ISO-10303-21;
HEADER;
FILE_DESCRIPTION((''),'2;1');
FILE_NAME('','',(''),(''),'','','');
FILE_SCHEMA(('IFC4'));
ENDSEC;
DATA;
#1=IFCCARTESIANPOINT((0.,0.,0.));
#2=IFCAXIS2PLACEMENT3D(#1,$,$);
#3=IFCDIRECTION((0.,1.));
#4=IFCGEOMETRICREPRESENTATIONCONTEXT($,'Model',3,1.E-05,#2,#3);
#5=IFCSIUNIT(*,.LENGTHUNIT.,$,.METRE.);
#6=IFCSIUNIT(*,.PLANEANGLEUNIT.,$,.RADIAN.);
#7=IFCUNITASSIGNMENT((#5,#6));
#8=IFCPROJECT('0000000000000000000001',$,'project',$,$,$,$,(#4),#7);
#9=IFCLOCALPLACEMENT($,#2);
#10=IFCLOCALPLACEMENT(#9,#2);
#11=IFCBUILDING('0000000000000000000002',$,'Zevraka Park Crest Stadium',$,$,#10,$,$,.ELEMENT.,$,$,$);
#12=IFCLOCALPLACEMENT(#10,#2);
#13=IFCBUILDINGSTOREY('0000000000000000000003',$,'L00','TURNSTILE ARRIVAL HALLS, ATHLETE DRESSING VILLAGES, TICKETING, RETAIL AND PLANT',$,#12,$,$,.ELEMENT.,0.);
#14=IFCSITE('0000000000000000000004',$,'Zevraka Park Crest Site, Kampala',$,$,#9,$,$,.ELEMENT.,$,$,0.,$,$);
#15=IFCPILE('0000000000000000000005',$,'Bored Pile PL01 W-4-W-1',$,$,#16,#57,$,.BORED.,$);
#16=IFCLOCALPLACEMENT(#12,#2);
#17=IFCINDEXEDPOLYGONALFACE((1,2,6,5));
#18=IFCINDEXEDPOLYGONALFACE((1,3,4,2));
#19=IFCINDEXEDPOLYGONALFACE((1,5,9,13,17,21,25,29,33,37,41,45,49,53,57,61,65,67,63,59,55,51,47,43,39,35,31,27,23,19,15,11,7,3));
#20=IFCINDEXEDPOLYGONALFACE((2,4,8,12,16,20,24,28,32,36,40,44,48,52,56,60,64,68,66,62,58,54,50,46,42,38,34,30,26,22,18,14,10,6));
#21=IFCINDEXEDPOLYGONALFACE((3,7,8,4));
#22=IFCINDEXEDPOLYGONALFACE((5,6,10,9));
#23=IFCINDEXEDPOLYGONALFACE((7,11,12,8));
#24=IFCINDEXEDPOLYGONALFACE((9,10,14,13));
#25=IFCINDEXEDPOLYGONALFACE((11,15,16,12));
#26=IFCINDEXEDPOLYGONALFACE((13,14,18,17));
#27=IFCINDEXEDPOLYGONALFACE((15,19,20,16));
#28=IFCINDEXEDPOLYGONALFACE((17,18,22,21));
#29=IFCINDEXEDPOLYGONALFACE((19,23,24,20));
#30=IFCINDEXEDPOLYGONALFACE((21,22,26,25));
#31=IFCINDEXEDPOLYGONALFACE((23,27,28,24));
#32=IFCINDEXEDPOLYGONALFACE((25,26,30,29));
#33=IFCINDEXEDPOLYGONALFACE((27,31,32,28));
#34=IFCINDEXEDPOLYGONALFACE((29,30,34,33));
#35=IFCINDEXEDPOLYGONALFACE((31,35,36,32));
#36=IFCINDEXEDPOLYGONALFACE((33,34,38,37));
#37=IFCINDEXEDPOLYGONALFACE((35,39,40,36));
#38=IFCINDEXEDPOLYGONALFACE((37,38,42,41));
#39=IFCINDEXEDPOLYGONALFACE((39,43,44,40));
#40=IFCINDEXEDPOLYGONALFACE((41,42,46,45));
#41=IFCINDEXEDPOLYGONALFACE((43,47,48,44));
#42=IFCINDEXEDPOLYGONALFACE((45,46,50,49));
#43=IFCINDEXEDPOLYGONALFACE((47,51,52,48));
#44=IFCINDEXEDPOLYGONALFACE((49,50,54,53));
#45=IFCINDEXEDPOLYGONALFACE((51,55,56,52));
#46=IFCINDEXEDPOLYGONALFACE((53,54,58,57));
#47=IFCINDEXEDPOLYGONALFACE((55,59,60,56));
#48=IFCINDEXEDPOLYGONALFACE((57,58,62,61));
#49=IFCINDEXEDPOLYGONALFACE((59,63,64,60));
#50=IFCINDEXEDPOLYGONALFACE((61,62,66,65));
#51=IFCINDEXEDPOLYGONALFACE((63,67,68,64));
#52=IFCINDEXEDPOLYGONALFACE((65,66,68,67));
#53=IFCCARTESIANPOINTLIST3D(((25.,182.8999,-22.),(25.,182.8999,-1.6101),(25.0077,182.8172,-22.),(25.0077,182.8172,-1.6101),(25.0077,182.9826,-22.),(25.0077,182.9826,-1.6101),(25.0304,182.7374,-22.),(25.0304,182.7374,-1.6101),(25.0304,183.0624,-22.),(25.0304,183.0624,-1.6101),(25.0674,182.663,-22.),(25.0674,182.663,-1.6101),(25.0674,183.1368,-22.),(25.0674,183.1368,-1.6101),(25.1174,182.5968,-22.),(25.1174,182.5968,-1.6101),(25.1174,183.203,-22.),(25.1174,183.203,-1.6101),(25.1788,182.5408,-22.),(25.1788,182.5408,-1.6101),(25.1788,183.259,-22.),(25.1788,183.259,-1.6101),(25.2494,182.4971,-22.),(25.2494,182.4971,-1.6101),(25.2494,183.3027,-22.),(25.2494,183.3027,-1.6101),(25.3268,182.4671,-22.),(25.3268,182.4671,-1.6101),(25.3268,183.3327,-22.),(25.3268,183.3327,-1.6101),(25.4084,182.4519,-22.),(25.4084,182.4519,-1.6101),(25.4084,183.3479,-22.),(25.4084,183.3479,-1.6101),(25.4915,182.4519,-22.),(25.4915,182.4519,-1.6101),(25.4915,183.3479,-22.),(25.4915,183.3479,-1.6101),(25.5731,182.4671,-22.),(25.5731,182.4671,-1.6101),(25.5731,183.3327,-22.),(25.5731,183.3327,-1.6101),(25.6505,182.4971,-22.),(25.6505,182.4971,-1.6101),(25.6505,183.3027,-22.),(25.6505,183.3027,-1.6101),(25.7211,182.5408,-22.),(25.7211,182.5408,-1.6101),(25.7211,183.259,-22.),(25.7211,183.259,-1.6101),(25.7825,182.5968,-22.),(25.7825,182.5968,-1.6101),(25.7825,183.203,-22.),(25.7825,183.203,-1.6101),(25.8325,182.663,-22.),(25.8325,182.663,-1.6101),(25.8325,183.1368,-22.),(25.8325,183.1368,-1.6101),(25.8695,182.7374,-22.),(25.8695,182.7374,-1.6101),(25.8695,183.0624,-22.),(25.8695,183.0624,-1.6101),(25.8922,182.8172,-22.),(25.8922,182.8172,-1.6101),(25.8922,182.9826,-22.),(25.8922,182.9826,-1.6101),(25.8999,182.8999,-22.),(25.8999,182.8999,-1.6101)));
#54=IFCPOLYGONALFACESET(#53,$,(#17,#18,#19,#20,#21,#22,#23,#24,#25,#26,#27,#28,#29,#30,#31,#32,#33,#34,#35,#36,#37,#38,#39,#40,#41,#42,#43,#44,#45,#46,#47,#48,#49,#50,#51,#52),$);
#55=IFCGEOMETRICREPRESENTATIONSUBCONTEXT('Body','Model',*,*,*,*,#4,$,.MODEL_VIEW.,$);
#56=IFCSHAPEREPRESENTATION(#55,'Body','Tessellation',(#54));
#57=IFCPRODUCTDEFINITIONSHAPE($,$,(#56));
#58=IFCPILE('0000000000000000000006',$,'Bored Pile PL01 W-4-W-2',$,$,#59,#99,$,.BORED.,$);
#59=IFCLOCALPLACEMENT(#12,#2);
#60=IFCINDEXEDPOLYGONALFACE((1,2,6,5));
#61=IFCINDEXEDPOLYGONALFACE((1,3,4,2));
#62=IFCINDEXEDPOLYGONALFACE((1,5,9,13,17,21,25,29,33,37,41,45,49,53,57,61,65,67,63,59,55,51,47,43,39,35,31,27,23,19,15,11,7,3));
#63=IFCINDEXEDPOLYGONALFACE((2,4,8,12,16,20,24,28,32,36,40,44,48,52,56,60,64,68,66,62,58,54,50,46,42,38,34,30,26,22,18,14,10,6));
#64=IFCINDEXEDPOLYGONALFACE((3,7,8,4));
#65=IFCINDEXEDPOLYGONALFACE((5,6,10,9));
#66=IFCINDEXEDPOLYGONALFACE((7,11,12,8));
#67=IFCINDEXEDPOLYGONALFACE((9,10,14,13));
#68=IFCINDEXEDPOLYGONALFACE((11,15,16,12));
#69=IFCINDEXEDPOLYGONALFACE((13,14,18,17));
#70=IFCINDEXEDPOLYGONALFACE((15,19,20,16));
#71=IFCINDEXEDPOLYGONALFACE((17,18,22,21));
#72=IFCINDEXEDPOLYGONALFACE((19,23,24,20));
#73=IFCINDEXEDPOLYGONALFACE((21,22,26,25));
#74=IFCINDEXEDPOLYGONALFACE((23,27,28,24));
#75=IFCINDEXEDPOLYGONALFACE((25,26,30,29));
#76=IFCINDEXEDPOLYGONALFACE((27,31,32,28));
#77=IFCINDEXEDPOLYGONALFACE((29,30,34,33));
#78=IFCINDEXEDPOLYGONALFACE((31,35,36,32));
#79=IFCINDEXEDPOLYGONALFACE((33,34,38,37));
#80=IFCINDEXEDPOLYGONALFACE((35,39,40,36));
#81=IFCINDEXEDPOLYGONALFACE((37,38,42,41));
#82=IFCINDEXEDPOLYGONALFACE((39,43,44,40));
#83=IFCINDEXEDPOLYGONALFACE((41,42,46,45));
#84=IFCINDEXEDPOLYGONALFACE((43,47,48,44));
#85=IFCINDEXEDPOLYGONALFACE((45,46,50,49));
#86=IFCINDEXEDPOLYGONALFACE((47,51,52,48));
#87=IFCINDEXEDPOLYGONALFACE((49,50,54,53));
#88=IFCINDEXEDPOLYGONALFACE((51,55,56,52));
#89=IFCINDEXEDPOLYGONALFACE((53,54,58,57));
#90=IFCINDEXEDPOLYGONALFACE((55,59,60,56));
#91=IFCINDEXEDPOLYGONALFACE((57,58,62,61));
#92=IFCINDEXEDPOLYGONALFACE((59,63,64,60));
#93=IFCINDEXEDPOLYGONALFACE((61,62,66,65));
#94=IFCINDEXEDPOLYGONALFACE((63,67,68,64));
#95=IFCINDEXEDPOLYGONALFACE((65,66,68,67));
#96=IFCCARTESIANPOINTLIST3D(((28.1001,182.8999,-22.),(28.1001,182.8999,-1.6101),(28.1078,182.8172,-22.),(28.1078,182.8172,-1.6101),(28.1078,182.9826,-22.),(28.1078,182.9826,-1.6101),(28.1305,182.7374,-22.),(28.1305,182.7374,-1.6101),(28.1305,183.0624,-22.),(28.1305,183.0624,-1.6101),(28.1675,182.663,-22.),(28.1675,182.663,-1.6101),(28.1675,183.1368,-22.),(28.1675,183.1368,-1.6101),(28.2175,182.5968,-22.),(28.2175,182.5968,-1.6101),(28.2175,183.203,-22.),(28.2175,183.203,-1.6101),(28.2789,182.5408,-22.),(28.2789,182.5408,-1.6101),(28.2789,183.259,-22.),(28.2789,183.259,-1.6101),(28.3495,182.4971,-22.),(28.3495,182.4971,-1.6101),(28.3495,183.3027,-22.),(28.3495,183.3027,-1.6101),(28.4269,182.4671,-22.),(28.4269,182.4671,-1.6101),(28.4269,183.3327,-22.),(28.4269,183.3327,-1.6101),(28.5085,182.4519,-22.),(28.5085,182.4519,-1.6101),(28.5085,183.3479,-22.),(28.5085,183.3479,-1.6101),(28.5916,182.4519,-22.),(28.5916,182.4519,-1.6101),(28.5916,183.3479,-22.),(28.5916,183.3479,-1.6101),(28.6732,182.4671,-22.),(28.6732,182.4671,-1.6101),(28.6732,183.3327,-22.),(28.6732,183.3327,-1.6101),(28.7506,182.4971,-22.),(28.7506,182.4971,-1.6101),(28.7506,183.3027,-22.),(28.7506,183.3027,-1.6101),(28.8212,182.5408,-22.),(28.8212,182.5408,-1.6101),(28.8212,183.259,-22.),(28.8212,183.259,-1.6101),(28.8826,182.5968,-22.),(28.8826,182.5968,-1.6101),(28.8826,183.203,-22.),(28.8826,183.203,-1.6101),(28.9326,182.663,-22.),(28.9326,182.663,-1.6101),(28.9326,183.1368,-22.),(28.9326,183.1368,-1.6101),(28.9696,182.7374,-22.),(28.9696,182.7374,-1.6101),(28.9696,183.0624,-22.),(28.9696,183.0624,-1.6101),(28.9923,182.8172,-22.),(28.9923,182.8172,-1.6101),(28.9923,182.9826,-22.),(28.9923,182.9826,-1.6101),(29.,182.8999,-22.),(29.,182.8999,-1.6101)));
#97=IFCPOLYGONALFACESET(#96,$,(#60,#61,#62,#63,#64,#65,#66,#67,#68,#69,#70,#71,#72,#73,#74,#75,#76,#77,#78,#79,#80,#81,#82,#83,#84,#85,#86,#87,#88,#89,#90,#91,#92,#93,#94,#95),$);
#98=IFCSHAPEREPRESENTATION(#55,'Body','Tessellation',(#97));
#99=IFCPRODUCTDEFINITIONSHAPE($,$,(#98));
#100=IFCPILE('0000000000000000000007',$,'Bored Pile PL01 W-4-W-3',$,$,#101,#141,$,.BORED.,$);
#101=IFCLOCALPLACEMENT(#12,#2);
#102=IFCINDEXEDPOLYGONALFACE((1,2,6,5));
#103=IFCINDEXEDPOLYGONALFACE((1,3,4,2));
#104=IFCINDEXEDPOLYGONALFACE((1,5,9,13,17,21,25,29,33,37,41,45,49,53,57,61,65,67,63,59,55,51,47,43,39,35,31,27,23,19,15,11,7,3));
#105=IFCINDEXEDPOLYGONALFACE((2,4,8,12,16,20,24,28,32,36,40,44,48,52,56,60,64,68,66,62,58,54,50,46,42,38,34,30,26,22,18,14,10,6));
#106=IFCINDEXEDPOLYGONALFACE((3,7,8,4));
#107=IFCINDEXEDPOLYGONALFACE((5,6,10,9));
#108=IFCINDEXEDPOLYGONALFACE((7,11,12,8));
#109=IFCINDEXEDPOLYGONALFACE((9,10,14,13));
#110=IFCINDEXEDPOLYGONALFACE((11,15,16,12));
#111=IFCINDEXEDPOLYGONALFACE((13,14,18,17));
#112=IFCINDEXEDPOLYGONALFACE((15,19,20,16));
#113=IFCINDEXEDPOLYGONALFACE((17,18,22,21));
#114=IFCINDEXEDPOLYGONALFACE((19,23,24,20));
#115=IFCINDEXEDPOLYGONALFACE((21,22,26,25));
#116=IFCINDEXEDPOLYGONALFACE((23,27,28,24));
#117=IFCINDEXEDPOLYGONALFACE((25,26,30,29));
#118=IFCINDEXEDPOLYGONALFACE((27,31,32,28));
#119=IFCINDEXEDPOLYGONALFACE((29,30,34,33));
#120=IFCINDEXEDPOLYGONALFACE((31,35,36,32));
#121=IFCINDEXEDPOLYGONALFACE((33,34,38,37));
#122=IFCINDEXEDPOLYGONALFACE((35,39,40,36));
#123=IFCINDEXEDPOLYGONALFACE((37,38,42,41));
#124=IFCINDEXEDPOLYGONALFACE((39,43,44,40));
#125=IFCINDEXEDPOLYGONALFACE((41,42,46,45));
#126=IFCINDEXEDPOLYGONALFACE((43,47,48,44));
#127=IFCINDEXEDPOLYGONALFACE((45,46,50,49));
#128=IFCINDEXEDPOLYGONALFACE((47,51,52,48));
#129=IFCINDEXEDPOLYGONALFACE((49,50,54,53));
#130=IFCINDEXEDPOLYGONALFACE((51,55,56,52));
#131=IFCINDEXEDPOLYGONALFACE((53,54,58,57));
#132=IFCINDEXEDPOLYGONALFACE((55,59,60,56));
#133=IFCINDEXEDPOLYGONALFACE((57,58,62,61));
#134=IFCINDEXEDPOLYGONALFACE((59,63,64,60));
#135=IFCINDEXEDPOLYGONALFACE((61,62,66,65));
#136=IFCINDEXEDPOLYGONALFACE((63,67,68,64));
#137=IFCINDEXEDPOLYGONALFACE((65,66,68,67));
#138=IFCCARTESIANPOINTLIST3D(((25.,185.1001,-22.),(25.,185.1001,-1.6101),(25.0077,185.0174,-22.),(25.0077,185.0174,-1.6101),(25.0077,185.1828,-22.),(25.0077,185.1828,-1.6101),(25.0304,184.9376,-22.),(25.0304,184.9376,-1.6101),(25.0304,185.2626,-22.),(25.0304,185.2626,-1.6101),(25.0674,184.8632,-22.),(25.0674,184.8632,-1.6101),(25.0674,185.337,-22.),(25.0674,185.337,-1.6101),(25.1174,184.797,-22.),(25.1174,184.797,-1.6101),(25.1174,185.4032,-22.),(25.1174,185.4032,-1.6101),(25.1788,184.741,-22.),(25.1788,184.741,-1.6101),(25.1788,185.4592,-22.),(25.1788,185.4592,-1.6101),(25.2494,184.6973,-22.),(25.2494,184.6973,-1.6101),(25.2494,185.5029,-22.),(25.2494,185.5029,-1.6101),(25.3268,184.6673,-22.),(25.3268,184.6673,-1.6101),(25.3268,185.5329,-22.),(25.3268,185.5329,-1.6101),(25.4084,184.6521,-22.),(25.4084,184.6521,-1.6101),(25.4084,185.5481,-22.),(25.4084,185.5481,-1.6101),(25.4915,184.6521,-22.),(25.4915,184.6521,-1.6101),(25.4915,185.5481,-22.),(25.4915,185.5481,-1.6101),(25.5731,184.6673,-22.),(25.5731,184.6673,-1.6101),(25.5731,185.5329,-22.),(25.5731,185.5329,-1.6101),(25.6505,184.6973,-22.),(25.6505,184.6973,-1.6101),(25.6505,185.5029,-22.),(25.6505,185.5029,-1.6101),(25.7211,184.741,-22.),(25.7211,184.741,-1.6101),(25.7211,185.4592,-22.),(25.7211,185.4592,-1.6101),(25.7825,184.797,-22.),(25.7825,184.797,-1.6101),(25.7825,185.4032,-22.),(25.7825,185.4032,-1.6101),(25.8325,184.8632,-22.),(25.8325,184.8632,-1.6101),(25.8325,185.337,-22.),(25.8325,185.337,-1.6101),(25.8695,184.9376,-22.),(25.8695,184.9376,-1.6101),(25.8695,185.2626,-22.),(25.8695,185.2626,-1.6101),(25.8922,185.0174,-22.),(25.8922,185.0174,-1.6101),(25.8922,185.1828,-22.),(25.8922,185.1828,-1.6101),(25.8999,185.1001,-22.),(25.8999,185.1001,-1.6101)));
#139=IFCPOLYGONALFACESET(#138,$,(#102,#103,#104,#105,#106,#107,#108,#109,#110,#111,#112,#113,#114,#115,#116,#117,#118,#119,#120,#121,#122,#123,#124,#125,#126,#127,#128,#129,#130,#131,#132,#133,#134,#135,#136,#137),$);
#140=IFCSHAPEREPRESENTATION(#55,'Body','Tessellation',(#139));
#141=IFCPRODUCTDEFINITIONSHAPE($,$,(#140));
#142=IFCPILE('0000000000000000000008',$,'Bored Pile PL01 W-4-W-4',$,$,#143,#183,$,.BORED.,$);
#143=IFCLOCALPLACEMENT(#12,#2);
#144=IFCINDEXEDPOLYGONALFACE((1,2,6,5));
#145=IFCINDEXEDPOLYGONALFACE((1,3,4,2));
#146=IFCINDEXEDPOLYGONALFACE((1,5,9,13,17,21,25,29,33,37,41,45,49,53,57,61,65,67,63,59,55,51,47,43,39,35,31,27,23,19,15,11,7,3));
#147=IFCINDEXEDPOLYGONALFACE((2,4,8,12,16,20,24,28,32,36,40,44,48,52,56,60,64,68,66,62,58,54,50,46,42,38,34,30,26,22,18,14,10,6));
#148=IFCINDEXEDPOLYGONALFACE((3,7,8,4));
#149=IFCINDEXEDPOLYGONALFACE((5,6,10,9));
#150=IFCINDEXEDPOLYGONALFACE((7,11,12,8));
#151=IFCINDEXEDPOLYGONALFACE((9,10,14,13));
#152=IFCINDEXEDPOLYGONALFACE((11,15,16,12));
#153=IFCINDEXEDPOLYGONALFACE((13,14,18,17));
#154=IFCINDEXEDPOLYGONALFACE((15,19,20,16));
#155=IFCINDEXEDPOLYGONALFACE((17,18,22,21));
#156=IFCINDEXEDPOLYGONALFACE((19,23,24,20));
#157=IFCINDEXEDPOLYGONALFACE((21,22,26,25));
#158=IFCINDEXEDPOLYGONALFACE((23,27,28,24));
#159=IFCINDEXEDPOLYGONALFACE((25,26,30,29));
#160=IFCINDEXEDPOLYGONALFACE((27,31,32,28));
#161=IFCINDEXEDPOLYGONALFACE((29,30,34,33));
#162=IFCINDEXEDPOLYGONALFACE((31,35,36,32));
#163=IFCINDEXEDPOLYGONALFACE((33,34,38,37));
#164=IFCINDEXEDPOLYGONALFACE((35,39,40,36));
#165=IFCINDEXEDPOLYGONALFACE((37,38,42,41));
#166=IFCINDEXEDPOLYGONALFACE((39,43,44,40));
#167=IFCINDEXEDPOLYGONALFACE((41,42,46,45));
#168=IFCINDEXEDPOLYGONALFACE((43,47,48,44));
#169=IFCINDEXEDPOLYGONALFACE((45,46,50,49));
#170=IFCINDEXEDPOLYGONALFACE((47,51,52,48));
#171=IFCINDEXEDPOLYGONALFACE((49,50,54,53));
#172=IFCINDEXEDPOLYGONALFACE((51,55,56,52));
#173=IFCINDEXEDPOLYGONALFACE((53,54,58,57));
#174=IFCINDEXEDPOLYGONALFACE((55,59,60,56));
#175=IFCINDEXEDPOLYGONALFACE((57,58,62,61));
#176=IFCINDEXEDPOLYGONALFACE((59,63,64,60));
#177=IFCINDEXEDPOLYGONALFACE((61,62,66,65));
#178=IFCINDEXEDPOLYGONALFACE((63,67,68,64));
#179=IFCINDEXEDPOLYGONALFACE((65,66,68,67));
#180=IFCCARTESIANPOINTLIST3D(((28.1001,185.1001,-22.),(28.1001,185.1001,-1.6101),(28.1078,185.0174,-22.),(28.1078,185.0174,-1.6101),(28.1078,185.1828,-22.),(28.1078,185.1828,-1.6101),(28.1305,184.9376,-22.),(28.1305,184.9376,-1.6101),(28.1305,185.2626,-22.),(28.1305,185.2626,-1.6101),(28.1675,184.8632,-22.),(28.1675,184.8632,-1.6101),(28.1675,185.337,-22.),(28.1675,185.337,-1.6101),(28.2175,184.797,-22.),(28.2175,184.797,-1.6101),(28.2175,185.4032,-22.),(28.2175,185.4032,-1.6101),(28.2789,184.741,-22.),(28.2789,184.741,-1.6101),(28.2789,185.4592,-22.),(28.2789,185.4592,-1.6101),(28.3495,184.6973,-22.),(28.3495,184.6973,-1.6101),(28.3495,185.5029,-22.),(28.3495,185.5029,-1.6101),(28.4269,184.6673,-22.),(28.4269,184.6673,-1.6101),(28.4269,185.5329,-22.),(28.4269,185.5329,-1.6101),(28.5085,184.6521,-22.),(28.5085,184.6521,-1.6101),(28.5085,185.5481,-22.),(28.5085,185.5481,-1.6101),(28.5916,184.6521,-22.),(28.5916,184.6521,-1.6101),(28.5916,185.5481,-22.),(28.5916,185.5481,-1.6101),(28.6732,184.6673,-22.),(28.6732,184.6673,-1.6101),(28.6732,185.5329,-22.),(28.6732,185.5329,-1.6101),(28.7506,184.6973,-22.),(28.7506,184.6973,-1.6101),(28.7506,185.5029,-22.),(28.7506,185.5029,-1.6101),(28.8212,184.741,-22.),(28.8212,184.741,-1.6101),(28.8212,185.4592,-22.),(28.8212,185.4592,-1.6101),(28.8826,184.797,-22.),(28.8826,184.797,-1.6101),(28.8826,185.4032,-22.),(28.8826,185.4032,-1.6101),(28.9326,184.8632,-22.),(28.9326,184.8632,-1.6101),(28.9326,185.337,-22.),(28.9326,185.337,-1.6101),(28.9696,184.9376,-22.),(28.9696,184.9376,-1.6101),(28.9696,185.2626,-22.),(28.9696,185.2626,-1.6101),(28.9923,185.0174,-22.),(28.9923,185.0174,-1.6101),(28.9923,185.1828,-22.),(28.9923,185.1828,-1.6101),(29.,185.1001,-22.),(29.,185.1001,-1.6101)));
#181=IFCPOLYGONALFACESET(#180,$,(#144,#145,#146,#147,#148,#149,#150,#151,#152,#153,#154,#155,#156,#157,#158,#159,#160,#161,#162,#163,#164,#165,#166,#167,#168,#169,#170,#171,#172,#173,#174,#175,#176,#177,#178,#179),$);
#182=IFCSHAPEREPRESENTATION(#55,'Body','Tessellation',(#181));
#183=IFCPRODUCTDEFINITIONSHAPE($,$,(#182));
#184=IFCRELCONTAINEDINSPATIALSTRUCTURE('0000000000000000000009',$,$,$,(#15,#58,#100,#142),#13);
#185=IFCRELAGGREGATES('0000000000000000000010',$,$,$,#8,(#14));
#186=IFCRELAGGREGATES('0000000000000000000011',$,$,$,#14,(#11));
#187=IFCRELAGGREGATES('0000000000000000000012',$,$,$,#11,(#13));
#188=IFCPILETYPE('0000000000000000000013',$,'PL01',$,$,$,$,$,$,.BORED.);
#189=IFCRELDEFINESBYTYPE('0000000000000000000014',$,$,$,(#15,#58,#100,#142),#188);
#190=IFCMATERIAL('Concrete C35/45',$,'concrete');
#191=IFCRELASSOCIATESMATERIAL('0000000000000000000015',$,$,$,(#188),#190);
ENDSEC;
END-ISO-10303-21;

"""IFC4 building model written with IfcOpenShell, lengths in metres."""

from ifc_helpers import new_model, si_unit, direction, frame, origin, origin_2d, place, context, subcontext, project, spatial, circle, extrude, material, material_profile, profile_set, type_object, element, save


model = new_model("IFC4")

# Units and contexts
model_context = context("Model", 3, precision=1e-05, world=origin(), true_north=direction((0.0, 1.0)))
body_context = subcontext(model_context, "Body", "Model", "MODEL_VIEW")
ifc_project = project(units=[si_unit("LENGTHUNIT", "METRE"), si_unit("PLANEANGLEUNIT", "RADIAN")], contexts=[model_context])

# Site, building, storey
site_placement = place(None, origin())
site = spatial("IfcSite", under=ifc_project, at=site_placement, Name="Zevraka Park Crest Site, Kampala", CompositionType="ELEMENT", RefElevation=0.0)
building_placement = place(site_placement, origin())
building = spatial("IfcBuilding", under=site, at=building_placement, Name="Zevraka Park Crest Stadium", CompositionType="ELEMENT")
storey_placement = place(building_placement, origin())
storey = spatial("IfcBuildingStorey", under=building, at=storey_placement, Name="L00", Description="TURNSTILE ARRIVAL HALLS, ATHLETE DRESSING VILLAGES, TICKETING, RETAIL AND PLANT", CompositionType="ELEMENT", Elevation=0.0)

# Piles
ifc_material_1 = material(Name="Concrete C35/45", Category="concrete")
ifc_material_profile_1 = material_profile(ifc_material_1, circle(Radius=0.45, at=origin_2d()), Name="PILE D900")
ifc_profile_set_1 = profile_set([ifc_material_profile_1], Name="Concrete C35/45")
pile_type_1 = type_object("IfcPileType", Name="PL01", PredefinedType="BORED", material=ifc_profile_set_1)
for number, where, z_axis, x_axis, name in (
    (1, (25.45, 182.8999, -1.6101), (0.0, 0.0, -1.0), (1.0, 0.0, 0.0), "Bored Pile PL01 W-4-W-1"),
    (2, (28.55, 182.8999, -1.6101), (0.0, 0.0, -1.0), (1.0, 0.0, 0.0), "Bored Pile PL01 W-4-W-2"),
    (3, (25.45, 185.1001, -1.6101), (0.0, 0.0, -1.0), (1.0, 0.0, 0.0), "Bored Pile PL01 W-4-W-3"),
    (4, (28.55, 185.1001, -1.6101), (0.0, 0.0, -1.0), (1.0, 0.0, 0.0), "Bored Pile PL01 W-4-W-4"),
):
    element("IfcPile", number, at=place(storey_placement, frame(where, z_axis=z_axis, x_axis=x_axis)), inside=storey, type_object=pile_type_1, Name=name, PredefinedType="BORED", context=body_context, shape_type="SweptSolid", body=[
        extrude(circle(Radius=0.45, at=origin_2d()), origin(), (0.0, 0.0, 1.0), 20.3899),
    ])

save(model, "model.ifc")
